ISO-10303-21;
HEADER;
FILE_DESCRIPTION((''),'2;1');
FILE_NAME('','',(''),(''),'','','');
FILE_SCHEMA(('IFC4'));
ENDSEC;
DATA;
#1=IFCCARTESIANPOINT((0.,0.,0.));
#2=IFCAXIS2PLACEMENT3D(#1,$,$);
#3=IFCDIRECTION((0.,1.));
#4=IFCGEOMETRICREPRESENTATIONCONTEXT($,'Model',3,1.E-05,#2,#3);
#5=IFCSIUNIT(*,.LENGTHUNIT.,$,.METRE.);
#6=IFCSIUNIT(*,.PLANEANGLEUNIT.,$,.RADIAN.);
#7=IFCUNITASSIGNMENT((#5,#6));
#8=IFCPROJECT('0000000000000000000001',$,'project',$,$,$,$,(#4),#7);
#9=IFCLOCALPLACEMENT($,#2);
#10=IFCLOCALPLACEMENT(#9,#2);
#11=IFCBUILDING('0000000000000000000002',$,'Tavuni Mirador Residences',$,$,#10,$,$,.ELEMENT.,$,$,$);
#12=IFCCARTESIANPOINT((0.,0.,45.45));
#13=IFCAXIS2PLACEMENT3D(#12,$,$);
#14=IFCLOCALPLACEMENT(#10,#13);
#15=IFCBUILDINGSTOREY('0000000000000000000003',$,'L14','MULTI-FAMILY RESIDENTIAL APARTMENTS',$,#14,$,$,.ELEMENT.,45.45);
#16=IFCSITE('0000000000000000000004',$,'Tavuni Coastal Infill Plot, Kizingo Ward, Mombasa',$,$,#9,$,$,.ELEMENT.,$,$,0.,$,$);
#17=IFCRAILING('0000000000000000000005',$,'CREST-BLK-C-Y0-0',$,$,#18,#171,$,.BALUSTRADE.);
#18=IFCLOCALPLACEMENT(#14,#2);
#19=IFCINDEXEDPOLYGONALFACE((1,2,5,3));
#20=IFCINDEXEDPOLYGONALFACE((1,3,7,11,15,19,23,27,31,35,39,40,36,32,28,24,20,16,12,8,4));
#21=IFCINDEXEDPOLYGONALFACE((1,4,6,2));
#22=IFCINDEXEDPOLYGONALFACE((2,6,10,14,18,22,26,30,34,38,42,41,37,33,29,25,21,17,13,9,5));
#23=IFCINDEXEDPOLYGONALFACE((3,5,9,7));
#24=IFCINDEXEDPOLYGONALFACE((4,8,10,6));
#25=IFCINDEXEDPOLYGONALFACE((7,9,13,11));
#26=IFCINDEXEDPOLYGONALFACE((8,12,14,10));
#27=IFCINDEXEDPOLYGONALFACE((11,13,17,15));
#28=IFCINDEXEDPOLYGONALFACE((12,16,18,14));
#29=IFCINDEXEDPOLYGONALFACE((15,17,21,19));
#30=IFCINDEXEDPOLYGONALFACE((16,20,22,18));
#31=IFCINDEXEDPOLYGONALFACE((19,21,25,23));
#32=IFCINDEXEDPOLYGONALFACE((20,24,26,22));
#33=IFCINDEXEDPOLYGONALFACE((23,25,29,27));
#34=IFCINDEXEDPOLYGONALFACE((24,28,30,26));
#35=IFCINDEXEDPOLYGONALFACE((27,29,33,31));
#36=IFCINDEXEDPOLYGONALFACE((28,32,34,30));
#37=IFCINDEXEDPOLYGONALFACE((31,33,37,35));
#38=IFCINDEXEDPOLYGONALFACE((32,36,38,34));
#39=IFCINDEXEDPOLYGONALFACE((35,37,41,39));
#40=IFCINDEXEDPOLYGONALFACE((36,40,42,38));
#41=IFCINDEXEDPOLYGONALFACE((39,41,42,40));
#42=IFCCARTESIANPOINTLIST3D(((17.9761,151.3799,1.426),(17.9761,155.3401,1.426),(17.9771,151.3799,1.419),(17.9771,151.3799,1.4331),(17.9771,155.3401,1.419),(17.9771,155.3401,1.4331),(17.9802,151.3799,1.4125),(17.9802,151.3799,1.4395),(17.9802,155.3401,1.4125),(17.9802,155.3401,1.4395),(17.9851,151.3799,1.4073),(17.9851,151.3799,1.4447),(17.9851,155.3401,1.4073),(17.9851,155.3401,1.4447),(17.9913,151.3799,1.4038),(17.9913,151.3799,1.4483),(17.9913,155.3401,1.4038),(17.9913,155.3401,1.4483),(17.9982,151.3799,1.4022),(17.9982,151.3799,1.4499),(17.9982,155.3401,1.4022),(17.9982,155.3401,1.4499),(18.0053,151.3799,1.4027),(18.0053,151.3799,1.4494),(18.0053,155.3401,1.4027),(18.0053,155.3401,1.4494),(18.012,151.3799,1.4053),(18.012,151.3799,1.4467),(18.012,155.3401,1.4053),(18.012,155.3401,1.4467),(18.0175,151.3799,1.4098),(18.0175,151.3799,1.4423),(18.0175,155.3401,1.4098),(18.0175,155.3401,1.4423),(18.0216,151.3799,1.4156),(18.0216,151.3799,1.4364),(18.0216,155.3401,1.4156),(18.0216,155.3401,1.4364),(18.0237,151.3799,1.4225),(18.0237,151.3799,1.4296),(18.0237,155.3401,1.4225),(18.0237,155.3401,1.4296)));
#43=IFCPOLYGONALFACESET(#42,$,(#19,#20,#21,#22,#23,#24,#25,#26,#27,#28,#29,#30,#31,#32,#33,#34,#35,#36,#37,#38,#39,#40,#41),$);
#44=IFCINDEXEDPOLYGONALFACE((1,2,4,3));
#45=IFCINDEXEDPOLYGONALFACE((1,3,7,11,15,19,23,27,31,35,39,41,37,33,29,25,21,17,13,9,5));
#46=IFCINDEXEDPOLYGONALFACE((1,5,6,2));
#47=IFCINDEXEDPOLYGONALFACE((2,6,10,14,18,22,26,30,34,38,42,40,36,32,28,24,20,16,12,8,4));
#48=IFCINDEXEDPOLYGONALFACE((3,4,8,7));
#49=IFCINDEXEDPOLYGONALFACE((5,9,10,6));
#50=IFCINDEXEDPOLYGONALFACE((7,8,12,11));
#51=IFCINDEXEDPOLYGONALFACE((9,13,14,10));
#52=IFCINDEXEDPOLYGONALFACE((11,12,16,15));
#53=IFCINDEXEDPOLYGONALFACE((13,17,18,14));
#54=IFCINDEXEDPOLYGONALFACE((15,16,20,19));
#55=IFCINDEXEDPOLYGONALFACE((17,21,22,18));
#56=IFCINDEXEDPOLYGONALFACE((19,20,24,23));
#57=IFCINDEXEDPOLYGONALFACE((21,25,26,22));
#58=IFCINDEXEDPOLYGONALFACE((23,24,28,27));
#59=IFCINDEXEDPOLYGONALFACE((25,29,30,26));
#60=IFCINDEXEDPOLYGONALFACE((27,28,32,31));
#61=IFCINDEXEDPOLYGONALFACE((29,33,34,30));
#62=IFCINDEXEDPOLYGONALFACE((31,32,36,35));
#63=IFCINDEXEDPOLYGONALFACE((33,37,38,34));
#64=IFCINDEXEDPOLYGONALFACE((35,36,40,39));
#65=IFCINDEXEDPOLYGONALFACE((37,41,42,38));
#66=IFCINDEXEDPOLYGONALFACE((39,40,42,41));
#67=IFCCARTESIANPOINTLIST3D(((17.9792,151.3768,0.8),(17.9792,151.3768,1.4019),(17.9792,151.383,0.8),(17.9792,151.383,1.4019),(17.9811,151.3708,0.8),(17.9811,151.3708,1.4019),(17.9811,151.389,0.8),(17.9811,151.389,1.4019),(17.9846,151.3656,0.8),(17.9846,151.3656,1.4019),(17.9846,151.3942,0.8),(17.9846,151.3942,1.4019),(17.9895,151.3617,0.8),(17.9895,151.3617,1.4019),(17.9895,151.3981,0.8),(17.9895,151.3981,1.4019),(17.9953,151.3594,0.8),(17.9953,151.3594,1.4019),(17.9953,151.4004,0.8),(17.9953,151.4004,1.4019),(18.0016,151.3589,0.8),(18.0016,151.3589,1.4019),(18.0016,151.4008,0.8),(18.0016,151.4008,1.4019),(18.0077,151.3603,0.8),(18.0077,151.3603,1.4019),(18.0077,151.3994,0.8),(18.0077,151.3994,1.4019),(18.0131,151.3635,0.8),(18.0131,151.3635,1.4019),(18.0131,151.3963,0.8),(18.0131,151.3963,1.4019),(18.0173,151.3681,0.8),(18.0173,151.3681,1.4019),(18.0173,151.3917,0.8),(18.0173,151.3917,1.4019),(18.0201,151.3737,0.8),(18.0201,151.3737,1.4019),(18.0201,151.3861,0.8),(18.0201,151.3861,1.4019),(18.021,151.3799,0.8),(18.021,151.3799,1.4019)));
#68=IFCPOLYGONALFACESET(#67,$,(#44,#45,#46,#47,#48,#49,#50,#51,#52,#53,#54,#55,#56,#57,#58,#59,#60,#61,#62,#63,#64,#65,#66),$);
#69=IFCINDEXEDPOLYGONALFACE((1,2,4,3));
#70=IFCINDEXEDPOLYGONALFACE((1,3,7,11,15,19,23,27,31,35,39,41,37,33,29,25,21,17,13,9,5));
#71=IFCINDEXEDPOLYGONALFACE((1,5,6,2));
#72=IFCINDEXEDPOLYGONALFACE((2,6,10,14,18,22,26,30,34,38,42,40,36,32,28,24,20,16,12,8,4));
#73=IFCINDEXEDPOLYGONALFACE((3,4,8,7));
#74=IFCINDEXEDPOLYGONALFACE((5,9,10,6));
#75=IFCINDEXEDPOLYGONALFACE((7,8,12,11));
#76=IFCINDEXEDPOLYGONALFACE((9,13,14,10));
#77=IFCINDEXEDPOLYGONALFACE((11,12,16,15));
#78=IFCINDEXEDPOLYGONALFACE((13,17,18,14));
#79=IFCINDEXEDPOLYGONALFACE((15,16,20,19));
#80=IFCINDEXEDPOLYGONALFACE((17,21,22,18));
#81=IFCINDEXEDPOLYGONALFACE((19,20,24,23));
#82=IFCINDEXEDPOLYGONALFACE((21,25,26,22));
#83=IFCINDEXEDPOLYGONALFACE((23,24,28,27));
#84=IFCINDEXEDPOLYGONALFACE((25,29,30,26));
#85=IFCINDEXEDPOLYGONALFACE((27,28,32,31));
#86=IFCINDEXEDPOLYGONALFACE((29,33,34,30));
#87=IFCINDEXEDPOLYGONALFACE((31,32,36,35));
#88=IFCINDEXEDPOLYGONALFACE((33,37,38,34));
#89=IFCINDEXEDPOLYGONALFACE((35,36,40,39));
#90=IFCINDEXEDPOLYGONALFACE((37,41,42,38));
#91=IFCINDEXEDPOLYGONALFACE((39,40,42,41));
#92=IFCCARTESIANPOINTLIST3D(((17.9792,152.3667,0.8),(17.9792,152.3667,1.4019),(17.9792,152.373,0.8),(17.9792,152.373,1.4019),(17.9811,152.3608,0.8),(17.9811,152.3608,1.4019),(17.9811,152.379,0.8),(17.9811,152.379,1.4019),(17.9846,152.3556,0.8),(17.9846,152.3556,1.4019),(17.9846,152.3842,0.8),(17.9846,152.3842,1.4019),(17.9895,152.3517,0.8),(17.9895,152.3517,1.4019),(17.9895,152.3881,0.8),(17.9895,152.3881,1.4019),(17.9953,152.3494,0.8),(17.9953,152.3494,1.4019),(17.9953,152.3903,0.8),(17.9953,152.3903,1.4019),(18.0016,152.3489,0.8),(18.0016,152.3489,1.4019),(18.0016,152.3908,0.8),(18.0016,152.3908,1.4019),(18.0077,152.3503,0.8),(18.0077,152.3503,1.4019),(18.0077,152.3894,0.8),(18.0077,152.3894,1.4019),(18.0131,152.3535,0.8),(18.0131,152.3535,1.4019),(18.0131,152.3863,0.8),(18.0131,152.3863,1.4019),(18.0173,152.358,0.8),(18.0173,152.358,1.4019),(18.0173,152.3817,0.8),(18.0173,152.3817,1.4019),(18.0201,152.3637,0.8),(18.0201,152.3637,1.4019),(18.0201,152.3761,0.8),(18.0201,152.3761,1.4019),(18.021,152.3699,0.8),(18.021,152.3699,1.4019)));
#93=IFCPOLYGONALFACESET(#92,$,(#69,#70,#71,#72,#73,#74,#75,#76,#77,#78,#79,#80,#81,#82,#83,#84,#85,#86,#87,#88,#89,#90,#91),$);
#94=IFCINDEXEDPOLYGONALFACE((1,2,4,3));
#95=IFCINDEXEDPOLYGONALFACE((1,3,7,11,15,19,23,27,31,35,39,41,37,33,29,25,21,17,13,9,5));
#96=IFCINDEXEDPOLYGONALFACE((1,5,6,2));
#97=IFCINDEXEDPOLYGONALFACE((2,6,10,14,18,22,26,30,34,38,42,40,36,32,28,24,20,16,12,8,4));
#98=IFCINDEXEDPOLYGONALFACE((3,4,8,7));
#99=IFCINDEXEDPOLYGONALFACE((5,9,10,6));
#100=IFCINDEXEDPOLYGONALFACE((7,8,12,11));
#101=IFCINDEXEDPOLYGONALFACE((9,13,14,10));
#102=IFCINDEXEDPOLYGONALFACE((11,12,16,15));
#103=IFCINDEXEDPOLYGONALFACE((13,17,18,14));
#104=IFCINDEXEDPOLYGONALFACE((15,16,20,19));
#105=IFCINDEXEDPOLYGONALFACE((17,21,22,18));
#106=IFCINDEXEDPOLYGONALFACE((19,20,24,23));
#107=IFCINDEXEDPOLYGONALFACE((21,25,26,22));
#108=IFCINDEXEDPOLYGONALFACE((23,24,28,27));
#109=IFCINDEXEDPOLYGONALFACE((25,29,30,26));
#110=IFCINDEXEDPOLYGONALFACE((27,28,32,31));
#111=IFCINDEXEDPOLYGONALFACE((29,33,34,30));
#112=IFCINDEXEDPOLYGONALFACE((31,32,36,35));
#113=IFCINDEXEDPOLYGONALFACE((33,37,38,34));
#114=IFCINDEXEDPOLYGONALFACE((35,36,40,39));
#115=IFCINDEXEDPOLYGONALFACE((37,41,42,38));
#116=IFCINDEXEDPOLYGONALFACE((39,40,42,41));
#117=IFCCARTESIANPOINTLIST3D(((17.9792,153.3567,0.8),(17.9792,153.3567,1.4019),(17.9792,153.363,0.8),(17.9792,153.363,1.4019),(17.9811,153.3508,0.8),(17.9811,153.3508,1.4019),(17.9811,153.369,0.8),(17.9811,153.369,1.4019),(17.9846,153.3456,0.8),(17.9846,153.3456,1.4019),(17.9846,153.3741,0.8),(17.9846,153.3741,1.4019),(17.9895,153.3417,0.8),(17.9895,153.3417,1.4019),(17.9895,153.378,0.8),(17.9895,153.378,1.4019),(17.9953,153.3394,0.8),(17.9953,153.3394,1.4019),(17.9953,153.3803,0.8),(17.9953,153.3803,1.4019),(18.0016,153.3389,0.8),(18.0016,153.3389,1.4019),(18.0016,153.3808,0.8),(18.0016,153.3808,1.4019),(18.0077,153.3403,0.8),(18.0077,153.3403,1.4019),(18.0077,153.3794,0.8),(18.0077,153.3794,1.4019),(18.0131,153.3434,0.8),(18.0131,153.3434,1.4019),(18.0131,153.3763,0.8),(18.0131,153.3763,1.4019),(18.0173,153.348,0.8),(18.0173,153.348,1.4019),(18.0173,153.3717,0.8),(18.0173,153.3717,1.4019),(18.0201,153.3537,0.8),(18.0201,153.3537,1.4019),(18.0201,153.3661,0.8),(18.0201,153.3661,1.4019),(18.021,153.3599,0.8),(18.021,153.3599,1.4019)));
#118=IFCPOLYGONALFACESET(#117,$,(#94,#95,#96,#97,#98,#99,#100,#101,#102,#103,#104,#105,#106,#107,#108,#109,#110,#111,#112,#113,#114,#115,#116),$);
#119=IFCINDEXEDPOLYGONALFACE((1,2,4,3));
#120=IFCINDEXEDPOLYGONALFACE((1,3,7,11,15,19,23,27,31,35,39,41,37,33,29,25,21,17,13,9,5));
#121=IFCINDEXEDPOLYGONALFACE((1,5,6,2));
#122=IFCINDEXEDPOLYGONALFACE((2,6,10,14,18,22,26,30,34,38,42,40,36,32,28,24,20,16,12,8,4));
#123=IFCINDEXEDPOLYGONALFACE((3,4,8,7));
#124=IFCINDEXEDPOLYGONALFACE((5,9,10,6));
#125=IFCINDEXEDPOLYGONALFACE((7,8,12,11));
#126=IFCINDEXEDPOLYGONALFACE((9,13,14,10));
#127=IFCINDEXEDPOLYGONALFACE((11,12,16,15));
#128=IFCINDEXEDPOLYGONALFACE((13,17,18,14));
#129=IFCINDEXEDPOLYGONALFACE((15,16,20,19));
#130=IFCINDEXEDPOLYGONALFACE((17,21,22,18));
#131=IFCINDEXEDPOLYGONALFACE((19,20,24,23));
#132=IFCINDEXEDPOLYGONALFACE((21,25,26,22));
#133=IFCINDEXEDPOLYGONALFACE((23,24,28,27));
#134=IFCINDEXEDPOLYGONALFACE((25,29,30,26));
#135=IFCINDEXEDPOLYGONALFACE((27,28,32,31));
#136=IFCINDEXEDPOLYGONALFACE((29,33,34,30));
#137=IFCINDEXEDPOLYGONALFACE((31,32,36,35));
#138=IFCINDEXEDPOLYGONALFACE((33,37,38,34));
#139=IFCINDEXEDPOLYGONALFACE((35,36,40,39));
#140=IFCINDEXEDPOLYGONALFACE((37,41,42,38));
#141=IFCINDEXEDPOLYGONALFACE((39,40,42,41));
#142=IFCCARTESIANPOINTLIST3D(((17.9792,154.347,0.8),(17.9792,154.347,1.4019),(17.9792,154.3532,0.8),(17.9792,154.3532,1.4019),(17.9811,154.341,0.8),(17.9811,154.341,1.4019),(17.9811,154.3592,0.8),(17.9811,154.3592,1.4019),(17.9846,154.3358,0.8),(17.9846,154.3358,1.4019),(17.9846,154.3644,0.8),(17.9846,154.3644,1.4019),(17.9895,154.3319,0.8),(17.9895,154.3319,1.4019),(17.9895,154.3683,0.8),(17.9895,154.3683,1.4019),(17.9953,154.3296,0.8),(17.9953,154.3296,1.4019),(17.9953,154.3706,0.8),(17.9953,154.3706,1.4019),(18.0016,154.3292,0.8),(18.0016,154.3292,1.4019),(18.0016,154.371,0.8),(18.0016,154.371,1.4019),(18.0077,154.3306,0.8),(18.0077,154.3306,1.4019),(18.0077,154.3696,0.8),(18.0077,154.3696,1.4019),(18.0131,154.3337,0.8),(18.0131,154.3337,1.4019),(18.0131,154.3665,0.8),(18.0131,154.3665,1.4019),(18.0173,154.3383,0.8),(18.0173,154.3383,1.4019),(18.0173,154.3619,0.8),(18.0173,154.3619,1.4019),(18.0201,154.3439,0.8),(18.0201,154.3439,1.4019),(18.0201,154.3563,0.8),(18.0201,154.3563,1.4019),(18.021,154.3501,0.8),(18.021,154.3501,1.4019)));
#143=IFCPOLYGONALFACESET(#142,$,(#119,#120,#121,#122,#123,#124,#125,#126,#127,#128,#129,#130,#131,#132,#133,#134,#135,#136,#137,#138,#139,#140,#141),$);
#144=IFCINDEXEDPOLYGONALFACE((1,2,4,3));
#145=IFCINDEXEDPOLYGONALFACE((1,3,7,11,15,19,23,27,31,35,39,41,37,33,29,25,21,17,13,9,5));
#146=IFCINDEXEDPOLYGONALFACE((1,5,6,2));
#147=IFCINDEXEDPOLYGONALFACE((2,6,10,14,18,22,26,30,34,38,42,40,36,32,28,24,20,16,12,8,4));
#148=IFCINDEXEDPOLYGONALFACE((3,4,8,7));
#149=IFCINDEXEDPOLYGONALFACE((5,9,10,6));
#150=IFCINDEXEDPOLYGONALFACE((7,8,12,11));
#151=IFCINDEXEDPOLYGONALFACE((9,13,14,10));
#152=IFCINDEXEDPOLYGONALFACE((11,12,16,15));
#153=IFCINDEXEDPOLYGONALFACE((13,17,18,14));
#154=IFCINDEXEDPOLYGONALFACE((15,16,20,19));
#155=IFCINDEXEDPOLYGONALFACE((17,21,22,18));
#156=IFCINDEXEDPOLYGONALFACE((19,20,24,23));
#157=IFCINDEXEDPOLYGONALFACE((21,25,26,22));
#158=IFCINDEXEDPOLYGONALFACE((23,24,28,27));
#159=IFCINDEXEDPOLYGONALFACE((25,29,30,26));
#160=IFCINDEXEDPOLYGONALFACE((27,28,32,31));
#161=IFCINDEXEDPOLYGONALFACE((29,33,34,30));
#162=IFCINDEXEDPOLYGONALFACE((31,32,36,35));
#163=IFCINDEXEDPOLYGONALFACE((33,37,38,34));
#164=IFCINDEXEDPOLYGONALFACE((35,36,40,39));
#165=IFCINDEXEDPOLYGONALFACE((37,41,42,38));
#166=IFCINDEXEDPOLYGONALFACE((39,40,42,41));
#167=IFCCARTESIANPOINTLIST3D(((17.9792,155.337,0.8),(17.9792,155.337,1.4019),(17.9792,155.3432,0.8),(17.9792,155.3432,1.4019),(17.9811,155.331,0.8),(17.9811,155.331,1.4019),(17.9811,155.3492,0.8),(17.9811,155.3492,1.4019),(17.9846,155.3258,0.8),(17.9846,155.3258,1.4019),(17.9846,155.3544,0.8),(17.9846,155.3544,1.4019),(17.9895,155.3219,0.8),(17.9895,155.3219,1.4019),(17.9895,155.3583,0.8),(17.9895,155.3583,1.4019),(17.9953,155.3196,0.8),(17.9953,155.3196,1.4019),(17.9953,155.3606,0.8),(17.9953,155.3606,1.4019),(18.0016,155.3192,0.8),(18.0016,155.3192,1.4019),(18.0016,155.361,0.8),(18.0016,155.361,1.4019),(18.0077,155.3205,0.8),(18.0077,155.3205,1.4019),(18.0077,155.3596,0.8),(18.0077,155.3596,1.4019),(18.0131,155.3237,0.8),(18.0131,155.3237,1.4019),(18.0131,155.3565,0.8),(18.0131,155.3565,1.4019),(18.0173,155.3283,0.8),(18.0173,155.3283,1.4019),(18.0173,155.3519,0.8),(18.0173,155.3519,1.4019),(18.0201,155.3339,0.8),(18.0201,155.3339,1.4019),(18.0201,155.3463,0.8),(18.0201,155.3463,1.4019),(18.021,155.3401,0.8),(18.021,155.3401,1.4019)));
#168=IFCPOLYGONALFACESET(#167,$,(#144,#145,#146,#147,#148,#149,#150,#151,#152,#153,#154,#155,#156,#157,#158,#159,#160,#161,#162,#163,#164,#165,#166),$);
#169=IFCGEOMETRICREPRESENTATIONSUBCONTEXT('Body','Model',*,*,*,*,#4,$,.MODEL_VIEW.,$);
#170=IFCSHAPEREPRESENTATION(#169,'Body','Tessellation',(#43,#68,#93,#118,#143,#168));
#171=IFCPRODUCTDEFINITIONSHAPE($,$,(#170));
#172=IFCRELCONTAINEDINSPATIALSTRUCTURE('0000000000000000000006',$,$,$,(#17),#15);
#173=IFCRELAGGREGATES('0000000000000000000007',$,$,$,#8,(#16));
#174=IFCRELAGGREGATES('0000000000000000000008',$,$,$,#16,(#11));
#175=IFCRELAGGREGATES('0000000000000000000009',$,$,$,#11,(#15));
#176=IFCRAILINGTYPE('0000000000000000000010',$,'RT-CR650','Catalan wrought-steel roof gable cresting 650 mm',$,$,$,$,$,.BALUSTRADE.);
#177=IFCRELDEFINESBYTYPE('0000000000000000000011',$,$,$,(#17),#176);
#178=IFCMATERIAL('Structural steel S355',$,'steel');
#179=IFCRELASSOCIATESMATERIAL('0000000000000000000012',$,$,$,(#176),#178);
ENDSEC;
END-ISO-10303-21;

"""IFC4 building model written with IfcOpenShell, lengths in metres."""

from ifc_helpers import new_model, si_unit, direction, frame, origin, origin_2d, place, context, subcontext, project, spatial, circle, extrude, material, type_object, element, save


model = new_model("IFC4")

# Units and contexts
model_context = context("Model", 3, precision=1e-05, world=origin(), true_north=direction((0.0, 1.0)))
body_context = subcontext(model_context, "Body", "Model", "MODEL_VIEW")
ifc_project = project(units=[si_unit("LENGTHUNIT", "METRE"), si_unit("PLANEANGLEUNIT", "RADIAN")], contexts=[model_context])

# Site, building, storey
site_placement = place(None, origin())
site = spatial("IfcSite", under=ifc_project, at=site_placement, Name="Tavuni Coastal Infill Plot, Kizingo Ward, Mombasa", CompositionType="ELEMENT", RefElevation=0.0)
building_placement = place(site_placement, origin())
building = spatial("IfcBuilding", under=site, at=building_placement, Name="Tavuni Mirador Residences", CompositionType="ELEMENT")
storey_placement = place(building_placement, frame((0.0, 0.0, 45.45)))
storey = spatial("IfcBuildingStorey", under=building, at=storey_placement, Name="L14", Description="MULTI-FAMILY RESIDENTIAL APARTMENTS", CompositionType="ELEMENT", Elevation=45.45)

# Shared definitions
ifc_material_1 = material(Name="Structural steel S355", Category="steel")

# Railing
railing_type = type_object("IfcRailingType", Name="RT-CR650", Description="Catalan wrought-steel roof gable cresting 650 mm", PredefinedType="BALUSTRADE", material=ifc_material_1)
railing_1_placement = place(storey_placement, frame((18.0, 151.3799, 0.8)))
element("IfcRailing", 1, at=railing_1_placement, inside=storey, type_object=railing_type, Name="CREST-BLK-C-Y0-0", PredefinedType="BALUSTRADE", context=body_context, shape_type="SweptSolid", body=[
    extrude(circle(Radius=0.0239, at=origin_2d()), frame((0.0, 0.0, 0.626), z_axis=(0.0, 1.0, 0.0), x_axis=(-1.0, 0.0, 0.0)), (0.0, 0.0, 1.0), 3.9602),
    extrude(circle(Radius=0.021, at=origin_2d()), origin(), (0.0, 0.0, 1.0), 0.6018),
    extrude(circle(Radius=0.021, at=origin_2d()), frame((0.0, 0.99, 0.0)), (0.0, 0.0, 1.0), 0.6018),
    extrude(circle(Radius=0.021, at=origin_2d()), frame((0.0, 1.98, 0.0)), (0.0, 0.0, 1.0), 0.6018),
    extrude(circle(Radius=0.021, at=origin_2d()), frame((0.0, 2.9702, 0.0)), (0.0, 0.0, 1.0), 0.6018),
    extrude(circle(Radius=0.021, at=origin_2d()), frame((0.0, 3.9602, 0.0)), (0.0, 0.0, 1.0), 0.6018),
])

save(model, "model.ifc")
